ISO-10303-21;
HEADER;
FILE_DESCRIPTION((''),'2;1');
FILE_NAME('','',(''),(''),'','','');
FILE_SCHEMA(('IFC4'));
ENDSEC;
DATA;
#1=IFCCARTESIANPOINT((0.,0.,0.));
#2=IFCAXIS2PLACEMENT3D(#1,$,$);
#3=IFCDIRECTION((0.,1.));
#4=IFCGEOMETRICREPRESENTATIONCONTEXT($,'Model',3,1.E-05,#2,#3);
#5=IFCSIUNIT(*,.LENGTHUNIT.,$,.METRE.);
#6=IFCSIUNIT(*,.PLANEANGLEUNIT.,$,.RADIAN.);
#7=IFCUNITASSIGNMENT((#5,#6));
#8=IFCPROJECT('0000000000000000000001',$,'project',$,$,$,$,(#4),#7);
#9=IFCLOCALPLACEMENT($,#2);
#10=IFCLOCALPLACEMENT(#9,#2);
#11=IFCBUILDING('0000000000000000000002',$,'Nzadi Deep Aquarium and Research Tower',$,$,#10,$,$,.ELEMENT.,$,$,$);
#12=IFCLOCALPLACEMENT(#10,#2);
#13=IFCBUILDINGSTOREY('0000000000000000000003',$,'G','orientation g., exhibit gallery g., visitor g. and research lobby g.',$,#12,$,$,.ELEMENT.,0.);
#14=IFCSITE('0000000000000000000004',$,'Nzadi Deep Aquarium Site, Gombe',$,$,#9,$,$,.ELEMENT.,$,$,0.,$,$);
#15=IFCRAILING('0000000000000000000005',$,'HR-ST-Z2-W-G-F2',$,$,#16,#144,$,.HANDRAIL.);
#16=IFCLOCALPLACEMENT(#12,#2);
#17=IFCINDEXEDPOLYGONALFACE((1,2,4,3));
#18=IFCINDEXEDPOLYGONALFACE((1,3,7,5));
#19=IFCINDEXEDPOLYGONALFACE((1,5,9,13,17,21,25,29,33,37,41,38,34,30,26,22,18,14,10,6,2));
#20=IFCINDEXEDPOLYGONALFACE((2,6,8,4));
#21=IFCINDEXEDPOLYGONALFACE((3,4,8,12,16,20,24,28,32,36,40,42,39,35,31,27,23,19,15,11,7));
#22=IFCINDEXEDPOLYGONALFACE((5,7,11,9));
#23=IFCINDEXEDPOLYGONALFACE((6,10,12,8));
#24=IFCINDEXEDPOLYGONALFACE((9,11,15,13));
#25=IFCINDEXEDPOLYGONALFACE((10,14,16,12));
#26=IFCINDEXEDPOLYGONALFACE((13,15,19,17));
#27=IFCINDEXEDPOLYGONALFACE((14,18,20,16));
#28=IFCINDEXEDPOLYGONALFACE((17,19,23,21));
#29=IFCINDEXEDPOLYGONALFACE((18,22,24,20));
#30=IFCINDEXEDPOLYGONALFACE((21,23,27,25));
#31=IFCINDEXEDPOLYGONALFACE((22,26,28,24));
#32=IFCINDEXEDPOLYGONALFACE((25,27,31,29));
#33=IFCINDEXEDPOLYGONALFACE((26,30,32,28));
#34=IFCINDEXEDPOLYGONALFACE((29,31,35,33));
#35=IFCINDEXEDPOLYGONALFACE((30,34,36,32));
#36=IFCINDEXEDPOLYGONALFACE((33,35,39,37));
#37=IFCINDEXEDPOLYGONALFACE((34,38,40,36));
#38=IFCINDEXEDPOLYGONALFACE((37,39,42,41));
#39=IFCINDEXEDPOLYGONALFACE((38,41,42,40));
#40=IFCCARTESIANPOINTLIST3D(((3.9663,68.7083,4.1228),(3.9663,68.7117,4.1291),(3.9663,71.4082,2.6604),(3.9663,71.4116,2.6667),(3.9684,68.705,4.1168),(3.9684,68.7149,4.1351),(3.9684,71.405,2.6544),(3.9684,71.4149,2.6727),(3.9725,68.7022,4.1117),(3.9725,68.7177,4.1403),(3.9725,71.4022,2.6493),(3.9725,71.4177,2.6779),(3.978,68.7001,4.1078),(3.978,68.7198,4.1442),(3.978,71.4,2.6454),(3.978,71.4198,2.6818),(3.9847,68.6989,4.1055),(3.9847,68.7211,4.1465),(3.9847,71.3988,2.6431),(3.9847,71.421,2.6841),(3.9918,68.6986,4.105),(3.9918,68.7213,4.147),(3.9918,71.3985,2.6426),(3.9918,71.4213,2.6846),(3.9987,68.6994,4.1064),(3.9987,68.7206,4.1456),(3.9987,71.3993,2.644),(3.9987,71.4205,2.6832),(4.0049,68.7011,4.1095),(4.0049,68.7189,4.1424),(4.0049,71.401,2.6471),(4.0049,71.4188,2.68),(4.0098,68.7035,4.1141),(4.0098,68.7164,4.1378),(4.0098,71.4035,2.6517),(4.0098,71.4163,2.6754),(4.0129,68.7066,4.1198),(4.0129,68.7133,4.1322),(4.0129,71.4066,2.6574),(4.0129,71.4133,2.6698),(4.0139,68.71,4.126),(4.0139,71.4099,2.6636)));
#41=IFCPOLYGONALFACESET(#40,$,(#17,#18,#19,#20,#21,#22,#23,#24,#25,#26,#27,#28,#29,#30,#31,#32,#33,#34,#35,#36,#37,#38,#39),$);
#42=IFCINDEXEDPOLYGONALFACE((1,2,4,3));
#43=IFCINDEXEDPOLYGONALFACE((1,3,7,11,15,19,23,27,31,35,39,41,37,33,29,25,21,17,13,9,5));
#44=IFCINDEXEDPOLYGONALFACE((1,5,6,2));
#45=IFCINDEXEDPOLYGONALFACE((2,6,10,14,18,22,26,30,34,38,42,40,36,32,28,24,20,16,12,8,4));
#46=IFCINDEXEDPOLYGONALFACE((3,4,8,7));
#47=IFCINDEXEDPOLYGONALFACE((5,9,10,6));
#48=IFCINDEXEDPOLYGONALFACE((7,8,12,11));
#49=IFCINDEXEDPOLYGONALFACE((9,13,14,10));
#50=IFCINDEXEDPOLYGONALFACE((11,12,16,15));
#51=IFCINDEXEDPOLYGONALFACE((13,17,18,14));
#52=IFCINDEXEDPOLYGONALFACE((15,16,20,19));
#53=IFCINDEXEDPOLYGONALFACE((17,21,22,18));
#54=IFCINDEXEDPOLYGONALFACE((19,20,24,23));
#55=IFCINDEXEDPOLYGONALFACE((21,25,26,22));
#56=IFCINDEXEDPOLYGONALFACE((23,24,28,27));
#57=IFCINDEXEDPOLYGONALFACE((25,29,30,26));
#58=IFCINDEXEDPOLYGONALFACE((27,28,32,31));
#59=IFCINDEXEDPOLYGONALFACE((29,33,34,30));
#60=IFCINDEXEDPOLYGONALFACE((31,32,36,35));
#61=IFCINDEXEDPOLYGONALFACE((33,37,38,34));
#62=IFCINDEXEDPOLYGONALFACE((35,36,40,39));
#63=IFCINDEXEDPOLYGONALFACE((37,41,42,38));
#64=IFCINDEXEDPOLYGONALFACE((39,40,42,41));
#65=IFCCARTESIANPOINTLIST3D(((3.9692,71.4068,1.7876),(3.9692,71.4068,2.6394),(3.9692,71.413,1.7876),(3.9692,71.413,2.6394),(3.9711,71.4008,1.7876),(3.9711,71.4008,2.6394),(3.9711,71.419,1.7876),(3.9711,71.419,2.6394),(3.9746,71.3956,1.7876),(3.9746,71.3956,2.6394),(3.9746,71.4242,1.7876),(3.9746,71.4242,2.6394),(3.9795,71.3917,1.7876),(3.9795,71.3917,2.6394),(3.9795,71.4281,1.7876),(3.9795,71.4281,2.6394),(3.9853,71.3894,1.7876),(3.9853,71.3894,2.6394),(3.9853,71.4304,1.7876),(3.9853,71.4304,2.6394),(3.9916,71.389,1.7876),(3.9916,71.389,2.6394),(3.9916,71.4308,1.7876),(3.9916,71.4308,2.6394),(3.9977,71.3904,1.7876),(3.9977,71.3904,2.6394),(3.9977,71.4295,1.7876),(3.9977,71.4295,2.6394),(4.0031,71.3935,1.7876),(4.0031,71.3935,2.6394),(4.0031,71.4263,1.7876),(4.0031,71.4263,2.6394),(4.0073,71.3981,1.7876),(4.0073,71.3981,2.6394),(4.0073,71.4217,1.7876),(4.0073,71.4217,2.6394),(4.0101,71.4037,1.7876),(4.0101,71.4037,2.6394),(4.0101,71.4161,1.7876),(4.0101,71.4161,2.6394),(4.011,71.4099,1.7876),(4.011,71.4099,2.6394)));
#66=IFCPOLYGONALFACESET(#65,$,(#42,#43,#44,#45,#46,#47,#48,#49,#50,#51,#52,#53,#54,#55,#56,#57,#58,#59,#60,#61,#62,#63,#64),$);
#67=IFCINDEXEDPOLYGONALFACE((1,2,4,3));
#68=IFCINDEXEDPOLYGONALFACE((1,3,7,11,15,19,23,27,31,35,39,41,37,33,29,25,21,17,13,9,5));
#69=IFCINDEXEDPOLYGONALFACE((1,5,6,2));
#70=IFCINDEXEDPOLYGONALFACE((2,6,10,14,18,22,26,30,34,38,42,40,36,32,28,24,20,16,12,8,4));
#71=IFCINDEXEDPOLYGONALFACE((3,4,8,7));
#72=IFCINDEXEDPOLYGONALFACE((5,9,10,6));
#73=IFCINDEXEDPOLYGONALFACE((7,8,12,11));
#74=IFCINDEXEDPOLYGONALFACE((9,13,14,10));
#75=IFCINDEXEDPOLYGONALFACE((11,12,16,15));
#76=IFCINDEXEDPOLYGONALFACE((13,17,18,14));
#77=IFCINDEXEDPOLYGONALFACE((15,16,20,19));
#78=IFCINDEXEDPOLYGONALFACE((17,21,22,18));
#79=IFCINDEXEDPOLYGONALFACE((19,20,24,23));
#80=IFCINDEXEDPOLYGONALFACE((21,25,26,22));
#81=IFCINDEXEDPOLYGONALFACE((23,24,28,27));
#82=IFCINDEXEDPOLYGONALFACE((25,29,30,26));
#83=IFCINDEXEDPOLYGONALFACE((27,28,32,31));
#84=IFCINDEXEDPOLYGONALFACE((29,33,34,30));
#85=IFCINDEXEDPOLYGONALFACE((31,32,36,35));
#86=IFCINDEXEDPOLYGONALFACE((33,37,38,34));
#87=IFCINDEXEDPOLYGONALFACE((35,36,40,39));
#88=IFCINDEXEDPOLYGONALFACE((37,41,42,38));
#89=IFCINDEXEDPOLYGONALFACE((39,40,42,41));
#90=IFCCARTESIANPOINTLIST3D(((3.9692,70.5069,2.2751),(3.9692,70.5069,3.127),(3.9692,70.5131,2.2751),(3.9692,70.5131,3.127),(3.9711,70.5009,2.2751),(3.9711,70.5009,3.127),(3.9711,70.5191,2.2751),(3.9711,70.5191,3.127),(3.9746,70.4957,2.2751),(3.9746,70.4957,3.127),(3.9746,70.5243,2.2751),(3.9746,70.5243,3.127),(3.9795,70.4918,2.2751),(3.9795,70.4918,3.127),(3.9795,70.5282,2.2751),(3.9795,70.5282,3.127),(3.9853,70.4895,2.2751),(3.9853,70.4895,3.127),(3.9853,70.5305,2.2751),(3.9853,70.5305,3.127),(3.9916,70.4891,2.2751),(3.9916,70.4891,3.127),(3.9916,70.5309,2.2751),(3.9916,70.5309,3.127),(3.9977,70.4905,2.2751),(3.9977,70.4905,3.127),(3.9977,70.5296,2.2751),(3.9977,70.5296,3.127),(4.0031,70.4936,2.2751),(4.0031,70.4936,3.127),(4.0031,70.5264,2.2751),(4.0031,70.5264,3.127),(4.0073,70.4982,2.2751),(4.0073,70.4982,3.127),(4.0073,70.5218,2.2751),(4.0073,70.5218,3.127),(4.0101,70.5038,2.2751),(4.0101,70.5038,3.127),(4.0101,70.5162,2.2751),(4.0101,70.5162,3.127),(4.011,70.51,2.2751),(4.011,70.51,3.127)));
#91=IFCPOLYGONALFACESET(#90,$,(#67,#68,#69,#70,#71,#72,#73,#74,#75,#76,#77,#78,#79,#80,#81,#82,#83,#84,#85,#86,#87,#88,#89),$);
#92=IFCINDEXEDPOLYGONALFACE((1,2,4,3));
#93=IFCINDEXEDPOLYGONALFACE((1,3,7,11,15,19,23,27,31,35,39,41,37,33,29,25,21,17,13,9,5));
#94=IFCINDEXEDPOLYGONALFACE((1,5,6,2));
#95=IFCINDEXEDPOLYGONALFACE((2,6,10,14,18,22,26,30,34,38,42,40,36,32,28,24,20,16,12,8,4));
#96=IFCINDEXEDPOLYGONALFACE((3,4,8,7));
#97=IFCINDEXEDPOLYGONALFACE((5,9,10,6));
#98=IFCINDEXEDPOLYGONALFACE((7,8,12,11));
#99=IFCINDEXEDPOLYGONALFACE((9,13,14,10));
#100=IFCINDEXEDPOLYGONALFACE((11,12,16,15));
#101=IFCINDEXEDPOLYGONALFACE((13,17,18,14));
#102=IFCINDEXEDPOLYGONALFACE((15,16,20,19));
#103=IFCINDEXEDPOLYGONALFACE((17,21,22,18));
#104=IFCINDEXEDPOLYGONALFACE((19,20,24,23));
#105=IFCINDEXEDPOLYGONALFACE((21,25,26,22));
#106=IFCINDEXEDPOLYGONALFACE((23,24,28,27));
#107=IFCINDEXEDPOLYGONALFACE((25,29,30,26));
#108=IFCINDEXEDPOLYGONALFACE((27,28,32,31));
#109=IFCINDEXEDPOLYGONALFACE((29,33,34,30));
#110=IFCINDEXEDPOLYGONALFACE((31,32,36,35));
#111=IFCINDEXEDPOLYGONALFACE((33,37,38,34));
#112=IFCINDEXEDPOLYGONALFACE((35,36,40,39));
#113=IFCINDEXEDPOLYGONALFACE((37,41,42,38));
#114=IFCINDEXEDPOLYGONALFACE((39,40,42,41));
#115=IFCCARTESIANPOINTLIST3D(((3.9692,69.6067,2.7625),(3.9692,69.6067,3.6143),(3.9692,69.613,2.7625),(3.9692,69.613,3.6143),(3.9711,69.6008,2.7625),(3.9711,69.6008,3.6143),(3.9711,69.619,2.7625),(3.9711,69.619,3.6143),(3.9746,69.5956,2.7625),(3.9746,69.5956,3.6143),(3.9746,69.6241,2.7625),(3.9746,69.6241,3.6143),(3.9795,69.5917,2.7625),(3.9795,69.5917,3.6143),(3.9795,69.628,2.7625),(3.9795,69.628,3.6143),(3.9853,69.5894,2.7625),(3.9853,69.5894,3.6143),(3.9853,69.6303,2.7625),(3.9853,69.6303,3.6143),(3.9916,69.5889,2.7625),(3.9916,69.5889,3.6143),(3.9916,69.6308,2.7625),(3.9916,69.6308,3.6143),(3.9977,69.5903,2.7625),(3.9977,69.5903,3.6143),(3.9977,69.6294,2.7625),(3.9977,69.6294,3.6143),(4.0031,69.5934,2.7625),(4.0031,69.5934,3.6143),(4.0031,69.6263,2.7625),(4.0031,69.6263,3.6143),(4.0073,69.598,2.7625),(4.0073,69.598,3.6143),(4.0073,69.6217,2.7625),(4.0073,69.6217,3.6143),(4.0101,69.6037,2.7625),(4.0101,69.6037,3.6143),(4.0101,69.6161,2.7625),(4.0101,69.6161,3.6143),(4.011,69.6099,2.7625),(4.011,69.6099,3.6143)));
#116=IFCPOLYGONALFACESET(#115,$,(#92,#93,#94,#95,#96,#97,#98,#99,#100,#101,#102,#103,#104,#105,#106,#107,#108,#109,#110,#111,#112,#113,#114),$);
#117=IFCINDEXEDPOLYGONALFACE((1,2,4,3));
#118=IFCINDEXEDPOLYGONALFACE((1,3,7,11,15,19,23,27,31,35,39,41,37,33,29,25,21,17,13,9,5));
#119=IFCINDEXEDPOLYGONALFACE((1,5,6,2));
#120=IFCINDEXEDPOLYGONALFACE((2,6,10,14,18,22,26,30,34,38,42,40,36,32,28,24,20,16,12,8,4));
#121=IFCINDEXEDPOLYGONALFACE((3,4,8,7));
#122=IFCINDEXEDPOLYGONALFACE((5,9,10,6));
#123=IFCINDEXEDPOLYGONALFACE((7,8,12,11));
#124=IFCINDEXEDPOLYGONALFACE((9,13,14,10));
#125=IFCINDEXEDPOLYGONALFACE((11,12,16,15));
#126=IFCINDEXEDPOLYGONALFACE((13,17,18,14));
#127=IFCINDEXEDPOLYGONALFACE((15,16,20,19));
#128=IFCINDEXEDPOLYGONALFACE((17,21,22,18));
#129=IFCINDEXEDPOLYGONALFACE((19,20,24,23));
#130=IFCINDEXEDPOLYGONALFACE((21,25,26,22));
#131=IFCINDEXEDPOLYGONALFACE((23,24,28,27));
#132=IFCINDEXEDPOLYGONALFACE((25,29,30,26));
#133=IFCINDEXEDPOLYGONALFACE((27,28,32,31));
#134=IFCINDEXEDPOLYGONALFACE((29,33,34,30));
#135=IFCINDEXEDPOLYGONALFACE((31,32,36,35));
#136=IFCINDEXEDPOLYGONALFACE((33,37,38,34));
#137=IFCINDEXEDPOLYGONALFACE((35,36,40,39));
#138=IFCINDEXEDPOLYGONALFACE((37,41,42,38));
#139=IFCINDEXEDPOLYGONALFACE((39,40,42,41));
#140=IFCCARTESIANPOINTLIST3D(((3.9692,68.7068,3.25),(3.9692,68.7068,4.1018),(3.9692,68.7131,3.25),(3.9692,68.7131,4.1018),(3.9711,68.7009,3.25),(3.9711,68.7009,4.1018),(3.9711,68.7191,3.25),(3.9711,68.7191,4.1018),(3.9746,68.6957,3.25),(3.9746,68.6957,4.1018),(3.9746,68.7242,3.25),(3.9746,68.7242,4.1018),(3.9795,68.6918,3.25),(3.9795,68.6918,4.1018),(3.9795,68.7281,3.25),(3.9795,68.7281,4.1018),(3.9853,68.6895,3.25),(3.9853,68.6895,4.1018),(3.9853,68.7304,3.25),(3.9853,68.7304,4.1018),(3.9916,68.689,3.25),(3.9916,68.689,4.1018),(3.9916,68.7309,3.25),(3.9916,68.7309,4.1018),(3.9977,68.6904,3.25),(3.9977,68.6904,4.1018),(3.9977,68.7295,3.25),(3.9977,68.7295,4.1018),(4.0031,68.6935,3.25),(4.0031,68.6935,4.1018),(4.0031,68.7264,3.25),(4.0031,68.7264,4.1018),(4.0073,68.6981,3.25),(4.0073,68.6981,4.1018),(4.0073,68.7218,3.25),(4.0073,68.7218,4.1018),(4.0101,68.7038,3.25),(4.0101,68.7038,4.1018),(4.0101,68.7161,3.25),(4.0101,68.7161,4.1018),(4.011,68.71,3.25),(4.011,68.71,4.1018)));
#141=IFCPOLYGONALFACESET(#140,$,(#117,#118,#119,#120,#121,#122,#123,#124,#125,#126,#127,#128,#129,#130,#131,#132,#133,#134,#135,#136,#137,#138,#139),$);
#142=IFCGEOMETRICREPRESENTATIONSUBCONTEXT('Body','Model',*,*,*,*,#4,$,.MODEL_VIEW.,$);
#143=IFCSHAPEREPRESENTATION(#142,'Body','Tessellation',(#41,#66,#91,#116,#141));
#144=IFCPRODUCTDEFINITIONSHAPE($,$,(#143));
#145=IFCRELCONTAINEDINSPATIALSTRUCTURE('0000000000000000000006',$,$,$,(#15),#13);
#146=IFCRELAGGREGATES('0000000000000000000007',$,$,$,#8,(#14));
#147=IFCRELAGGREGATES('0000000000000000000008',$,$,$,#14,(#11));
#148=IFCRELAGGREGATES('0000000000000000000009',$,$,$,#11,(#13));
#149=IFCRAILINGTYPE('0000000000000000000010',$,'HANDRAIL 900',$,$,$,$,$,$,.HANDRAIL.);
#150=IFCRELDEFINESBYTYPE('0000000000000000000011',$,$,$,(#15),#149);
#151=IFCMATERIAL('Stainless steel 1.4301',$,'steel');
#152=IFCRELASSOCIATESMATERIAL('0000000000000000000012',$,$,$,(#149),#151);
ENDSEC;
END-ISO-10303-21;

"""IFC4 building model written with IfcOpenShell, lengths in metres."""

from ifc_helpers import new_model, si_unit, direction, frame, origin, origin_2d, place, context, subcontext, project, spatial, circle, extrude, material, type_object, element, save


model = new_model("IFC4")

# Units and contexts
model_context = context("Model", 3, precision=1e-05, world=origin(), true_north=direction((0.0, 1.0)))
body_context = subcontext(model_context, "Body", "Model", "MODEL_VIEW")
ifc_project = project(units=[si_unit("LENGTHUNIT", "METRE"), si_unit("PLANEANGLEUNIT", "RADIAN")], contexts=[model_context])

# Site, building, storey
site_placement = place(None, origin())
site = spatial("IfcSite", under=ifc_project, at=site_placement, Name="Nzadi Deep Aquarium Site, Gombe", CompositionType="ELEMENT", RefElevation=0.0)
building_placement = place(site_placement, origin())
building = spatial("IfcBuilding", under=site, at=building_placement, Name="Nzadi Deep Aquarium and Research Tower", CompositionType="ELEMENT")
storey_placement = place(building_placement, origin())
storey = spatial("IfcBuildingStorey", under=building, at=storey_placement, Name="G", Description="orientation g., exhibit gallery g., visitor g. and research lobby g.", CompositionType="ELEMENT", Elevation=0.0)

# Railing
ifc_material_1 = material(Name="Stainless steel 1.4301", Category="steel")
railing_type = type_object("IfcRailingType", Name="HANDRAIL 900", PredefinedType="HANDRAIL", material=ifc_material_1)
for number, where, name in (
    (1, (3.99, 71.4099, 1.7876), "HR-ST-Z2-W-G-F2"),
):
    element("IfcRailing", number, at=place(storey_placement, frame(where)), inside=storey, type_object=railing_type, Name=name, PredefinedType="HANDRAIL", context=body_context, shape_type="SweptSolid", body=[
        extrude(circle(Radius=0.0239, at=origin_2d()), frame((0.0, 0.0, 0.876), z_axis=(0.0, -0.879302, 0.476265), x_axis=(1.0, 0.0, 0.0)), (0.0, 0.0, 1.0), 3.0706),
        extrude(circle(Radius=0.021, at=origin_2d()), origin(), (0.0, 0.0, 1.0), 0.8518),
        extrude(circle(Radius=0.021, at=origin_2d()), frame((0.0, -0.8999, 0.4875)), (0.0, 0.0, 1.0), 0.8518),
        extrude(circle(Radius=0.021, at=origin_2d()), frame((0.0, -1.8, 0.9749)), (0.0, 0.0, 1.0), 0.8518),
        extrude(circle(Radius=0.021, at=origin_2d()), frame((0.0, -2.7, 1.4624)), (0.0, 0.0, 1.0), 0.8518),
    ])

save(model, "model.ifc")
